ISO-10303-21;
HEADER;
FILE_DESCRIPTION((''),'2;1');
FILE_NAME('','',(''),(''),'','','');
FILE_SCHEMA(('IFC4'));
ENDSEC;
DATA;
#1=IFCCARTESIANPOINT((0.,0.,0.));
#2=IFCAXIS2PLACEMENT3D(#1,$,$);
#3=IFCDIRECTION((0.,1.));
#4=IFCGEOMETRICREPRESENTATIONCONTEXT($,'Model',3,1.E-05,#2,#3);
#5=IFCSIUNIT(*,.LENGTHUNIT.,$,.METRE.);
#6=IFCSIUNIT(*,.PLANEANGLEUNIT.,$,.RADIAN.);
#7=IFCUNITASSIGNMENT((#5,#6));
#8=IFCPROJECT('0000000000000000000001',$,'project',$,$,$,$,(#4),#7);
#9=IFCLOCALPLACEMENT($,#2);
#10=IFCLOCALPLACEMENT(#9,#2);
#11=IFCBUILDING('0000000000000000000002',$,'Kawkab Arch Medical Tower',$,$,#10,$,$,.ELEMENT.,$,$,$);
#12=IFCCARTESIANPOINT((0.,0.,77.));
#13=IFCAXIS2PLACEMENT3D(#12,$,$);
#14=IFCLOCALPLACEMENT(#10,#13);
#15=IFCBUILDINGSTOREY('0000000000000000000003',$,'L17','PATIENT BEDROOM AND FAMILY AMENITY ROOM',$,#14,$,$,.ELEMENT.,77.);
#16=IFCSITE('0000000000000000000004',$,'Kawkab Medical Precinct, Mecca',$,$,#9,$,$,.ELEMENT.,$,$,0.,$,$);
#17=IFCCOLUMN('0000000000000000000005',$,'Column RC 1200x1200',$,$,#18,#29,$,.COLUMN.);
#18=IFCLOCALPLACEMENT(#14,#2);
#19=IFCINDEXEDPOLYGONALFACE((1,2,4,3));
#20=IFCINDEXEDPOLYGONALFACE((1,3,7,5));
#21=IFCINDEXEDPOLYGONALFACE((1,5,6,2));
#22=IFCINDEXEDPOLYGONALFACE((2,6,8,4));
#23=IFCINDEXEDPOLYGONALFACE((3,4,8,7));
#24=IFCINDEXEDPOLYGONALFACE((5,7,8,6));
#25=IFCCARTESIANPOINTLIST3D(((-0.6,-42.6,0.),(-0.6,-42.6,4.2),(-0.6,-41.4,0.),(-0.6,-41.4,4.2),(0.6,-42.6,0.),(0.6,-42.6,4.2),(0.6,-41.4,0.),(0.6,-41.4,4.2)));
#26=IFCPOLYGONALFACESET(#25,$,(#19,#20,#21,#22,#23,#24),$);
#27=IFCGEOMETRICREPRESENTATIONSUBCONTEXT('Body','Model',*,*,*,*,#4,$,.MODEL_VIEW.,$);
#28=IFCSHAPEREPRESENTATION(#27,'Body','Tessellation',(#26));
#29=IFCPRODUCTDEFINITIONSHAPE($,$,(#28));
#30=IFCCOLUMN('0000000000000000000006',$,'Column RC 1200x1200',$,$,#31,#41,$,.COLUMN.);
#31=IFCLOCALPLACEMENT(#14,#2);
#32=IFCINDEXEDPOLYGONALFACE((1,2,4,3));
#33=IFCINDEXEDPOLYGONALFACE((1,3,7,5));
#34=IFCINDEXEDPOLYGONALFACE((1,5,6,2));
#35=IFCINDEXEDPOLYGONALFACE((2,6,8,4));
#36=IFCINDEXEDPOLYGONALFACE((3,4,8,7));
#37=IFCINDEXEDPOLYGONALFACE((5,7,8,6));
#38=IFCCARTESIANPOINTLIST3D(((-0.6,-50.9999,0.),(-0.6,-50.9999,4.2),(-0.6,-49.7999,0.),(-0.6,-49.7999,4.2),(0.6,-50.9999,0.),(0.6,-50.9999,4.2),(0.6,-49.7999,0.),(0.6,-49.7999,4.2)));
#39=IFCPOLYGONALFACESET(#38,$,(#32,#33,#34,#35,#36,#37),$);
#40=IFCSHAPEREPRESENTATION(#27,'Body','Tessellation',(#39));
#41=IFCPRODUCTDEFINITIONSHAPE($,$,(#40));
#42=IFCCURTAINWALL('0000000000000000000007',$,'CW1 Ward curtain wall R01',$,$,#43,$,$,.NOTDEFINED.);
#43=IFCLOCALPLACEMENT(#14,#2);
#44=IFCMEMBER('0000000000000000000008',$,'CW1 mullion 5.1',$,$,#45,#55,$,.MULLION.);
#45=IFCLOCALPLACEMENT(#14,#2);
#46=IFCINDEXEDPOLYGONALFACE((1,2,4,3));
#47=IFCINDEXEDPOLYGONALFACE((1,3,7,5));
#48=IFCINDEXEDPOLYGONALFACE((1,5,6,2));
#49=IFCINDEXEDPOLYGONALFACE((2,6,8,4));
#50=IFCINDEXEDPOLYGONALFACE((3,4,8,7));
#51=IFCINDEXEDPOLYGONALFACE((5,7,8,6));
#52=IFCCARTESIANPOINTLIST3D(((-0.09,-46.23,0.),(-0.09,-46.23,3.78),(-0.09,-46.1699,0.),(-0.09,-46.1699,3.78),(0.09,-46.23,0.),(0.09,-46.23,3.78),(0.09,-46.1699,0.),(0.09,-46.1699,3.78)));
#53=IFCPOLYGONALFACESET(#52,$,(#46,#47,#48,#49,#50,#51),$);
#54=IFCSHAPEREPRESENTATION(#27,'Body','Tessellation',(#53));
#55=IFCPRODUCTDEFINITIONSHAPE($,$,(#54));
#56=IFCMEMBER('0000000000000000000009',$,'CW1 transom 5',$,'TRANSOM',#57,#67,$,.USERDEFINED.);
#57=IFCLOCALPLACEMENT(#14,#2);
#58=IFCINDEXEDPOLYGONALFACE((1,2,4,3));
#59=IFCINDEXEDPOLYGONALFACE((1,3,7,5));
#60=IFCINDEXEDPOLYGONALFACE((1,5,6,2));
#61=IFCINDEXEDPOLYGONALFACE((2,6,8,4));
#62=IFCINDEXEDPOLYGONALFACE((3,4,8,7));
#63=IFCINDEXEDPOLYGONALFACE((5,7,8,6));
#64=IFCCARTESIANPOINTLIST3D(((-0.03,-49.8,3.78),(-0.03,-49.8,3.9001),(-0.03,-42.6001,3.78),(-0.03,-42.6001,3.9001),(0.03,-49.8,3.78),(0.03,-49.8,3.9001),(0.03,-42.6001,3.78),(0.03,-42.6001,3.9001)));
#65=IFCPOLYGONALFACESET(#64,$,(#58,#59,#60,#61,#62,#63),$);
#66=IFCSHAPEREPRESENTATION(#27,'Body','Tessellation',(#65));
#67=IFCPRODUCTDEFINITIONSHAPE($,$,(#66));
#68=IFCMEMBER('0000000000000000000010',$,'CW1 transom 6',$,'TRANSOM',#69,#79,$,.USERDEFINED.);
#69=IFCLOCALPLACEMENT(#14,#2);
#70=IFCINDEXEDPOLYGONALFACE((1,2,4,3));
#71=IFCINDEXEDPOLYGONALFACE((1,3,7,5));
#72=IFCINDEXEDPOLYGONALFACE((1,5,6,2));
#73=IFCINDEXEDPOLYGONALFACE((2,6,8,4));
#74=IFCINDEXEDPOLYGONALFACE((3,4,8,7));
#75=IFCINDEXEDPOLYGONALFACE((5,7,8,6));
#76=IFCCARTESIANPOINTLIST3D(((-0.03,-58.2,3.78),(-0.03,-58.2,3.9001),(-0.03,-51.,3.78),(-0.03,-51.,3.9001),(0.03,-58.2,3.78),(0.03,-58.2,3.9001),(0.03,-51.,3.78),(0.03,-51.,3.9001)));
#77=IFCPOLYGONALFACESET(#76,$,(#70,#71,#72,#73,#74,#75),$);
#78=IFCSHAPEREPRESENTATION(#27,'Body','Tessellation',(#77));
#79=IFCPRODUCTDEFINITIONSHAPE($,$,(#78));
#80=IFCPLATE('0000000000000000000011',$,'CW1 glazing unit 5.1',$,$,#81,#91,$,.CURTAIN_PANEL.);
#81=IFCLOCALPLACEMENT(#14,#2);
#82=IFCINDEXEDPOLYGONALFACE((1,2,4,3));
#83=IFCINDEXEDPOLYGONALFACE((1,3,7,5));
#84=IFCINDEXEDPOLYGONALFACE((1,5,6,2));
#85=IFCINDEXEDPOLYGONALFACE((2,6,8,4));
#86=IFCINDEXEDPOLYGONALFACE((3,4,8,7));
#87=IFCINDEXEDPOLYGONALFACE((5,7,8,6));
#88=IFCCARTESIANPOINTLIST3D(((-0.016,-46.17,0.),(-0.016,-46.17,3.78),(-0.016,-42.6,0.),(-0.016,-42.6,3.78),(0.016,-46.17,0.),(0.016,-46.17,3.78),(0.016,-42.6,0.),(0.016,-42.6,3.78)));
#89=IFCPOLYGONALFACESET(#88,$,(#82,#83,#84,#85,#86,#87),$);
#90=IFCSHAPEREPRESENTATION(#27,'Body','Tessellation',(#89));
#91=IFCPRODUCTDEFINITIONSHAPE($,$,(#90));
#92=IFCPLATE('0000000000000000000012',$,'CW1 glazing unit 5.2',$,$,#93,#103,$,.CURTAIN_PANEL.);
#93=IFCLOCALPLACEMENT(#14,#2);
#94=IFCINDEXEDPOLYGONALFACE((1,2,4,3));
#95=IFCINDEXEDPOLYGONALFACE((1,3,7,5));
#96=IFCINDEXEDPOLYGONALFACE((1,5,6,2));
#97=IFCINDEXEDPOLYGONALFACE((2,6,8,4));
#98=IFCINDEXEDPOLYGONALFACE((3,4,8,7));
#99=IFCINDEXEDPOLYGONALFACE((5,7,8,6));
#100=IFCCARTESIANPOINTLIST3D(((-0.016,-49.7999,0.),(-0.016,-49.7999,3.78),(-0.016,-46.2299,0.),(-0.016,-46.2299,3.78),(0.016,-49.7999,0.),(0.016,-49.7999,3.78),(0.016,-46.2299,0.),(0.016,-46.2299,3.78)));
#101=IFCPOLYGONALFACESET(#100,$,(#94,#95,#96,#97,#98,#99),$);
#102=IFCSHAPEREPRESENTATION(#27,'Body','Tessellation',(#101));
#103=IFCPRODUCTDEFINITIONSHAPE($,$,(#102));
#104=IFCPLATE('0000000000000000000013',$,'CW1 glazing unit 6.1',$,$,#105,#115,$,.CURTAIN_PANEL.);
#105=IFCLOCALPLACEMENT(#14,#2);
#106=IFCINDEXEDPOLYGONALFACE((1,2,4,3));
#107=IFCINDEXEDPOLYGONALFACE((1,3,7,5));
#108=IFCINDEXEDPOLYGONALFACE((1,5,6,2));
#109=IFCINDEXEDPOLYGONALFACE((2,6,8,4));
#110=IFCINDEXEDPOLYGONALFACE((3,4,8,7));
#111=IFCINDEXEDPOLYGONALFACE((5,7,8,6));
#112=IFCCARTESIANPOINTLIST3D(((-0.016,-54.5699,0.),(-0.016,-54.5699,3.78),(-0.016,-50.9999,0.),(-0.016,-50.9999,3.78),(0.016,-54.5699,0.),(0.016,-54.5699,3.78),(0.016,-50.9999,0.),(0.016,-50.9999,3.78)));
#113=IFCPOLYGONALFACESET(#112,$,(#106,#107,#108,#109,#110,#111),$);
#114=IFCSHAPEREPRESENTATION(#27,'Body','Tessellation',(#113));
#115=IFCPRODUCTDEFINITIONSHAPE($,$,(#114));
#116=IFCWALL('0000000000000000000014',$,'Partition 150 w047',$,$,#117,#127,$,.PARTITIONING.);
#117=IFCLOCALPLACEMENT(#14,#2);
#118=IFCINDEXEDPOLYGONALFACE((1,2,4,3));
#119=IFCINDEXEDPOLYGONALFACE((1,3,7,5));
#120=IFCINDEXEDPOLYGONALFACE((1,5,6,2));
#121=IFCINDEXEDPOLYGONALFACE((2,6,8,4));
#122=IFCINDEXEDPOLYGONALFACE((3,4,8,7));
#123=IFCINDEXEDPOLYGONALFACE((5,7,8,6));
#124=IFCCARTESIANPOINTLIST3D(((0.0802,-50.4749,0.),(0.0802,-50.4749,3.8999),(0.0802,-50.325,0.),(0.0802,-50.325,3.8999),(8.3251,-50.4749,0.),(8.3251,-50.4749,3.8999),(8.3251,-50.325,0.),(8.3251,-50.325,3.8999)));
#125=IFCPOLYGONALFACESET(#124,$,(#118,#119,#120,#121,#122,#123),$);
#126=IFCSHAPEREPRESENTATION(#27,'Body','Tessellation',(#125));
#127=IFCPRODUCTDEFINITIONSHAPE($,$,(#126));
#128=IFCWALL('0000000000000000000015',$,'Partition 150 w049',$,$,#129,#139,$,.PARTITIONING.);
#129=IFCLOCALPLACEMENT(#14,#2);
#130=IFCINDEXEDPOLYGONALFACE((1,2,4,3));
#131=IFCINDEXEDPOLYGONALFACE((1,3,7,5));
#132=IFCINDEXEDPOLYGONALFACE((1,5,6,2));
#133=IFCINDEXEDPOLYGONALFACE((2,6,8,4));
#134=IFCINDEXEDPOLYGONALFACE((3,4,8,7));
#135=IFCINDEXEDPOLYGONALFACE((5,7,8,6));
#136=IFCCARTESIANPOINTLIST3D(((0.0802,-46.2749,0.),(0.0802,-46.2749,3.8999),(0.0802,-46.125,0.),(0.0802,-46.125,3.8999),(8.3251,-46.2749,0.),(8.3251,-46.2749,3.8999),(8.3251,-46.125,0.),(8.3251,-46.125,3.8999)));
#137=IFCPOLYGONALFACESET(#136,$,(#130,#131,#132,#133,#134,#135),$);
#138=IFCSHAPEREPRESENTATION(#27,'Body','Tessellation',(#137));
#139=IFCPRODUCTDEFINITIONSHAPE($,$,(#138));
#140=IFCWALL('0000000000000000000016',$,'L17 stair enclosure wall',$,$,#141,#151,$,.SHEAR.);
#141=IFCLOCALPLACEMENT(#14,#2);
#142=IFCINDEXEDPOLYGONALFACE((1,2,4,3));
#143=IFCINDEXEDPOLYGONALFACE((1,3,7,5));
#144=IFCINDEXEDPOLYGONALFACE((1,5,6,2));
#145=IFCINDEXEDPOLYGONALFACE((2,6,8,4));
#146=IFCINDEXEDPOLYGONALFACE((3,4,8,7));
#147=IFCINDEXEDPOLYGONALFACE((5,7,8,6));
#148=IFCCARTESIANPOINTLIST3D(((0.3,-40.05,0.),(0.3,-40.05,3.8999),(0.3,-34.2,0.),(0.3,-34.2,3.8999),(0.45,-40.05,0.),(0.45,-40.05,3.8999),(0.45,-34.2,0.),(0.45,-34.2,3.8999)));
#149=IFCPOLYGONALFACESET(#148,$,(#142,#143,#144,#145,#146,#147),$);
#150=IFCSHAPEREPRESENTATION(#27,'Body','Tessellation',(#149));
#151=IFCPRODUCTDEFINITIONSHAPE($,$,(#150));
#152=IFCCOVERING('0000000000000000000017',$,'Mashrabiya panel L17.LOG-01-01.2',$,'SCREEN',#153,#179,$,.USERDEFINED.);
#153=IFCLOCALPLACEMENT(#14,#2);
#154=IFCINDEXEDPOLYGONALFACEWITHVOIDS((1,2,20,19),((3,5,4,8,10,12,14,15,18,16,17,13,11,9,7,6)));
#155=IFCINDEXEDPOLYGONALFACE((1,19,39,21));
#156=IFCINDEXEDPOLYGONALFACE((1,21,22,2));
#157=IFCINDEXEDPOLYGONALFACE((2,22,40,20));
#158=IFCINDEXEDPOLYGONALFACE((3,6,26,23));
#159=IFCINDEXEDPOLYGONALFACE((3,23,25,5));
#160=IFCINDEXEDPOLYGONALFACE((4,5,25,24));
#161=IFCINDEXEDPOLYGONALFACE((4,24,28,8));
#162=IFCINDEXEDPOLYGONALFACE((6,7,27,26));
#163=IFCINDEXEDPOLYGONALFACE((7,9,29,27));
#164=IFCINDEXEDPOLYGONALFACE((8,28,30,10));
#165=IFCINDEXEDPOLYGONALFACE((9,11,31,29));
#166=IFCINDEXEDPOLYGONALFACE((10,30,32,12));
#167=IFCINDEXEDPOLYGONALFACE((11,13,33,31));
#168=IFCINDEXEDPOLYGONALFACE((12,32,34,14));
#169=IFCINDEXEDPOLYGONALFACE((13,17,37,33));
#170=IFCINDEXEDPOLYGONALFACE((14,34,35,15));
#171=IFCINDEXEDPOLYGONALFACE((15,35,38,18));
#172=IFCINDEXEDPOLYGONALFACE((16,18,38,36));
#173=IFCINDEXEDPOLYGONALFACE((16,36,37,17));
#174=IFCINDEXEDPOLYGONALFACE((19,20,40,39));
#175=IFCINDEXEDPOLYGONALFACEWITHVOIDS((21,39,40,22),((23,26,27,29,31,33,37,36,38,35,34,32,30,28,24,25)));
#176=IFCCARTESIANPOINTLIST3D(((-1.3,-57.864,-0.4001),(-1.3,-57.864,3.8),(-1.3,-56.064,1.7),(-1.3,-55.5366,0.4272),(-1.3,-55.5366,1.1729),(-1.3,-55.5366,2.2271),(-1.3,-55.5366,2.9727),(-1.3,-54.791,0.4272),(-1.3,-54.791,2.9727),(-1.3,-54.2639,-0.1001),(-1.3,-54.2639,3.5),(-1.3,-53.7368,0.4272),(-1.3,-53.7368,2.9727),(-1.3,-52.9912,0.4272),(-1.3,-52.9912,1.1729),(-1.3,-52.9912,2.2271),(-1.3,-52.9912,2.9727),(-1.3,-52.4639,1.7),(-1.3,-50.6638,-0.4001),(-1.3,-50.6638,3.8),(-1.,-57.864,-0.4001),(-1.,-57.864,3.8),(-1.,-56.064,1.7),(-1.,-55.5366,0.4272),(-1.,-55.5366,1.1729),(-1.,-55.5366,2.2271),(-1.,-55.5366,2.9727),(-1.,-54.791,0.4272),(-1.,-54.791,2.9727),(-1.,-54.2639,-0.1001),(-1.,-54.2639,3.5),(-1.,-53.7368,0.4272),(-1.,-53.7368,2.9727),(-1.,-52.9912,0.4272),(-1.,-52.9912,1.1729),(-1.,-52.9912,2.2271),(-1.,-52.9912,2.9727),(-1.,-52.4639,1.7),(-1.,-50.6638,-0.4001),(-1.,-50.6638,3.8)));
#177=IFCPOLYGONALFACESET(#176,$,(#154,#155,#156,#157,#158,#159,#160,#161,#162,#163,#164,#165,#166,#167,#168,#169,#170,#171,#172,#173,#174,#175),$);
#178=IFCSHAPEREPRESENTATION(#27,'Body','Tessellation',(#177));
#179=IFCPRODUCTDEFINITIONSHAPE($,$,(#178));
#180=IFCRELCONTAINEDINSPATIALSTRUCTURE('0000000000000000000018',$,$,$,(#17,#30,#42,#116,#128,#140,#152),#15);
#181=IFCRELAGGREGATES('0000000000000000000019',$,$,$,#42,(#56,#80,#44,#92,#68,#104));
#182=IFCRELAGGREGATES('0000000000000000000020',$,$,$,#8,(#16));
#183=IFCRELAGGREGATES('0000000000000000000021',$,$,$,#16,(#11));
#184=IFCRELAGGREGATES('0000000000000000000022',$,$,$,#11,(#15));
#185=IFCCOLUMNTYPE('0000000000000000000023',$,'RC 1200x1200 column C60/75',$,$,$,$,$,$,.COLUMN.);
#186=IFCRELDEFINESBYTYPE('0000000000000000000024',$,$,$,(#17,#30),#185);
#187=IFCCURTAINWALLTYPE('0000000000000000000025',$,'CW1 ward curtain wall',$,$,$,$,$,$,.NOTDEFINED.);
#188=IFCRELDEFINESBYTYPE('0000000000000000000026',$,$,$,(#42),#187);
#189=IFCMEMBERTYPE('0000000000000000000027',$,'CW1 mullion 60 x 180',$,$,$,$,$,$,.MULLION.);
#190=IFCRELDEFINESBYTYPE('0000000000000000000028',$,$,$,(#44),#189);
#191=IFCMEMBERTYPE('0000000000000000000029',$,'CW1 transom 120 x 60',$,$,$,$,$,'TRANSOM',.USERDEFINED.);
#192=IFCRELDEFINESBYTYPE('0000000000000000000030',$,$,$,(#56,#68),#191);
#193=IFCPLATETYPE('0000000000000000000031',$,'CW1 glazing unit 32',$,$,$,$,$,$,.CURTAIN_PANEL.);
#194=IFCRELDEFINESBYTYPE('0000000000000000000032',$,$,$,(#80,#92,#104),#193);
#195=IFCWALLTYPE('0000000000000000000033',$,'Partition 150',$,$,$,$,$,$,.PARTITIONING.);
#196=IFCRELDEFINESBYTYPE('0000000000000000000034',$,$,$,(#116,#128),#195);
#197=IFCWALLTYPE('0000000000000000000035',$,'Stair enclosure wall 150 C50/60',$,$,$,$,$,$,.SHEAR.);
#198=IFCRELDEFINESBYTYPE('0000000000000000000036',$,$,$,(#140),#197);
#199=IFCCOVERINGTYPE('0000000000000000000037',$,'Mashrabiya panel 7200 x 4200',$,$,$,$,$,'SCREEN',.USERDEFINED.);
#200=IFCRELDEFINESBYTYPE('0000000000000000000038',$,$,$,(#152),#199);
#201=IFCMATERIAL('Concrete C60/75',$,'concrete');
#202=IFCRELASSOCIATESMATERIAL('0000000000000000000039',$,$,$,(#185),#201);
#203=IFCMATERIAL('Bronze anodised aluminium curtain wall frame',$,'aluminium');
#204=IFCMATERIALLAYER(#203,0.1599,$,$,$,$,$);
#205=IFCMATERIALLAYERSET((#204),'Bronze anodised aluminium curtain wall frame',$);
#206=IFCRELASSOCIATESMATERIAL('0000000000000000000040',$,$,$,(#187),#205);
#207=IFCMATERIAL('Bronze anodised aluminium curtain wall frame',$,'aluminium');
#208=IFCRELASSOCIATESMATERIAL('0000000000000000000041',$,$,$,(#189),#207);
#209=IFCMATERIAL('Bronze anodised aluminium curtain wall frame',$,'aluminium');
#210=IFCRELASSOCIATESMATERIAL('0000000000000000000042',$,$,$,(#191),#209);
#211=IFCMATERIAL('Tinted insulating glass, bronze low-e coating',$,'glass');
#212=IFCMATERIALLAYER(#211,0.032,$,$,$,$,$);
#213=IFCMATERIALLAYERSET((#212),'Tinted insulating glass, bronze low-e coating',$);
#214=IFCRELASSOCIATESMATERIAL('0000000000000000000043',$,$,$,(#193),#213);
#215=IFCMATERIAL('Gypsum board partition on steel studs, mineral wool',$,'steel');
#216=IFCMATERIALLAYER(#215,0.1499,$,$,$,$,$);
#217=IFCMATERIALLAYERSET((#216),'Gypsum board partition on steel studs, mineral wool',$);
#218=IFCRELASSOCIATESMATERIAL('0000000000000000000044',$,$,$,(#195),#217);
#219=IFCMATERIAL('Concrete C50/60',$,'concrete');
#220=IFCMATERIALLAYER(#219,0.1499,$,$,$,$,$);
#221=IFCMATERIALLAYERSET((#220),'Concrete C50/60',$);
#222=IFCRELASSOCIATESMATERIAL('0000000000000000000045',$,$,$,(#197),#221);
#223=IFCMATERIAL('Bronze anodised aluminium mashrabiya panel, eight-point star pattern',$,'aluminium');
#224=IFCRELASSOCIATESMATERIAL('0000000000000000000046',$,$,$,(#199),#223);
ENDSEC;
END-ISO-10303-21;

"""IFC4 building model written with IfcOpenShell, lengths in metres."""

from ifc_helpers import new_model, si_unit, direction, frame, frame_2d, origin, origin_2d, place, context, subcontext, project, spatial, polyline, rectangle, outline, extrude, material, layer, layer_set, material_profile, profile_set, type_object, element, aggregate, save


model = new_model("IFC4")

# Units and contexts
model_context = context("Model", 3, precision=1e-05, world=origin(), true_north=direction((0.0, 1.0)))
body_context = subcontext(model_context, "Body", "Model", "MODEL_VIEW")
ifc_project = project(units=[si_unit("LENGTHUNIT", "METRE"), si_unit("PLANEANGLEUNIT", "RADIAN")], contexts=[model_context])

# Site, building, storey
site_placement = place(None, origin())
site = spatial("IfcSite", under=ifc_project, at=site_placement, Name="Kawkab Medical Precinct, Mecca", CompositionType="ELEMENT", RefElevation=0.0)
building_placement = place(site_placement, origin())
building = spatial("IfcBuilding", under=site, at=building_placement, Name="Kawkab Arch Medical Tower", CompositionType="ELEMENT")
storey_placement = place(building_placement, frame((0.0, 0.0, 77.0)))
storey = spatial("IfcBuildingStorey", under=building, at=storey_placement, Name="L17", Description="PATIENT BEDROOM AND FAMILY AMENITY ROOM", CompositionType="ELEMENT", Elevation=77.0)

# Columns
ifc_material_1 = material(Name="Concrete C60/75", Category="concrete")
ifc_material_profile_1 = material_profile(ifc_material_1, rectangle(XDim=1.2, YDim=1.2, at=origin_2d()), Name="RC 1200x1200")
ifc_profile_set_1 = profile_set([ifc_material_profile_1], Name="Concrete C60/75")
column_type = type_object("IfcColumnType", Name="RC 1200x1200 column C60/75", PredefinedType="COLUMN", material=ifc_profile_set_1)
for number, where, z_axis, x_axis, name in (
    (1, (0.0, -42.0, 0.0), (0.0, 0.0, 1.0), (1.0, 0.0, 0.0), "Column RC 1200x1200"),
    (2, (0.0, -50.3999, 0.0), (0.0, 0.0, 1.0), (1.0, 0.0, 0.0), "Column RC 1200x1200"),
):
    element("IfcColumn", number, at=place(storey_placement, frame(where, z_axis=z_axis, x_axis=x_axis)), inside=storey, type_object=column_type, Name=name, PredefinedType="COLUMN", context=body_context, shape_type="SweptSolid", body=[
        extrude(rectangle(XDim=1.2, YDim=1.2, at=origin_2d()), origin(), (0.0, 0.0, 1.0), 4.2),
    ])

# Curtain wall, members, plates
ifc_material_2 = material(Name="Bronze anodised aluminium curtain wall frame", Category="aluminium")
ifc_layer_1 = layer(ifc_material_2, 0.1599)
ifc_layer_set_1 = layer_set([ifc_layer_1], Name="Bronze anodised aluminium curtain wall frame")
curtain_wall_type = type_object("IfcCurtainWallType", Name="CW1 ward curtain wall", PredefinedType="NOTDEFINED", material=ifc_layer_set_1)
curtain_wall_placement = place(storey_placement, origin())
curtain_wall = element("IfcCurtainWall", 3, at=curtain_wall_placement, inside=storey, type_object=curtain_wall_type, Name="CW1 Ward curtain wall R01", PredefinedType="NOTDEFINED")
ifc_material_3 = material(Name="Bronze anodised aluminium curtain wall frame", Category="aluminium")
ifc_material_profile_2 = material_profile(ifc_material_3, rectangle(XDim=0.1799, YDim=0.0601, at=origin_2d()), Name="AL 60x180")
ifc_profile_set_2 = profile_set([ifc_material_profile_2], Name="Bronze anodised aluminium curtain wall frame")
member_type_1 = type_object("IfcMemberType", Name="CW1 mullion 60 x 180", PredefinedType="MULLION", material=ifc_profile_set_2)
member_1_placement = place(storey_placement, frame((0.0, -46.2, 0.0), z_axis=(0.0, 0.0, 1.0), x_axis=(1.0, 0.0, 0.0)))
member_1 = element("IfcMember", 4, at=member_1_placement, type_object=member_type_1, Name="CW1 mullion 5.1", PredefinedType="MULLION", context=body_context, shape_type="SweptSolid", body=[
    extrude(rectangle(XDim=0.1799, YDim=0.0601, at=origin_2d()), origin(), (0.0, 0.0, 1.0), 3.78),
])
ifc_material_4 = material(Name="Bronze anodised aluminium curtain wall frame", Category="aluminium")
ifc_material_profile_3 = material_profile(ifc_material_4, rectangle(XDim=0.0601, YDim=0.1201, at=origin_2d()), Name="AL 60x120")
ifc_profile_set_3 = profile_set([ifc_material_profile_3], Name="Bronze anodised aluminium curtain wall frame")
member_type_2 = type_object("IfcMemberType", Name="CW1 transom 120 x 60", ElementType="TRANSOM", PredefinedType="USERDEFINED", material=ifc_profile_set_3)
member_2_placement = place(storey_placement, frame((0.0, -42.6001, 3.8401), z_axis=(0.0, -1.0, 0.0), x_axis=(1.0, 0.0, 0.0)))
member_2 = element("IfcMember", 5, at=member_2_placement, type_object=member_type_2, Name="CW1 transom 5", ObjectType="TRANSOM", PredefinedType="USERDEFINED", context=body_context, shape_type="SweptSolid", body=[
    extrude(rectangle(XDim=0.0601, YDim=0.1201, at=origin_2d()), origin(), (0.0, 0.0, 1.0), 7.2),
])
member_3_placement = place(storey_placement, frame((0.0, -51.0, 3.8401), z_axis=(0.0, -1.0, 0.0), x_axis=(1.0, 0.0, 0.0)))
member_3 = element("IfcMember", 6, at=member_3_placement, type_object=member_type_2, Name="CW1 transom 6", ObjectType="TRANSOM", PredefinedType="USERDEFINED", context=body_context, shape_type="SweptSolid", body=[
    extrude(rectangle(XDim=0.0601, YDim=0.1201, at=origin_2d()), origin(), (0.0, 0.0, 1.0), 7.2),
])
ifc_material_5 = material(Name="Tinted insulating glass, bronze low-e coating", Category="glass")
ifc_layer_2 = layer(ifc_material_5, 0.032)
ifc_layer_set_2 = layer_set([ifc_layer_2], Name="Tinted insulating glass, bronze low-e coating")
plate_type = type_object("IfcPlateType", Name="CW1 glazing unit 32", PredefinedType="CURTAIN_PANEL", material=ifc_layer_set_2)
plate_1_placement = place(storey_placement, frame((0.0, -44.385, 0.0), z_axis=(0.0, 0.0, 1.0), x_axis=(0.0, -1.0, 0.0)))
plate_1 = element("IfcPlate", 7, at=plate_1_placement, type_object=plate_type, Name="CW1 glazing unit 5.1", PredefinedType="CURTAIN_PANEL", context=body_context, shape_type="SweptSolid", body=[
    extrude(rectangle(XDim=3.5701, YDim=0.032, at=origin_2d()), origin(), (0.0, 0.0, 1.0), 3.78),
])
plate_2_placement = place(storey_placement, frame((0.0, -48.0149, 0.0), z_axis=(0.0, 0.0, 1.0), x_axis=(0.0, -1.0, 0.0)))
plate_2 = element("IfcPlate", 8, at=plate_2_placement, type_object=plate_type, Name="CW1 glazing unit 5.2", PredefinedType="CURTAIN_PANEL", context=body_context, shape_type="SweptSolid", body=[
    extrude(rectangle(XDim=3.5701, YDim=0.032, at=origin_2d()), origin(), (0.0, 0.0, 1.0), 3.78),
])
plate_3_placement = place(storey_placement, frame((0.0, -52.7849, 0.0), z_axis=(0.0, 0.0, 1.0), x_axis=(0.0, -1.0, 0.0)))
plate_3 = element("IfcPlate", 9, at=plate_3_placement, type_object=plate_type, Name="CW1 glazing unit 6.1", PredefinedType="CURTAIN_PANEL", context=body_context, shape_type="SweptSolid", body=[
    extrude(rectangle(XDim=3.5701, YDim=0.032, at=origin_2d()), origin(), (0.0, 0.0, 1.0), 3.78),
])
aggregate(curtain_wall, [member_2, plate_1, member_1, plate_2, member_3, plate_3])

# Walls
ifc_material_6 = material(Name="Gypsum board partition on steel studs, mineral wool", Category="steel")
ifc_layer_3 = layer(ifc_material_6, 0.1499)
ifc_layer_set_3 = layer_set([ifc_layer_3], Name="Gypsum board partition on steel studs, mineral wool")
wall_type_1 = type_object("IfcWallType", Name="Partition 150", PredefinedType="PARTITIONING", material=ifc_layer_set_3)
for number, where, z_axis, x_axis, name in (
    (10, (0.0801, -50.3999, 0.0), (0.0, 0.0, 1.0), (1.0, 0.0, 0.0), "Partition 150 w047"),
    (11, (0.0801, -46.2, 0.0), (0.0, 0.0, 1.0), (1.0, 0.0, 0.0), "Partition 150 w049"),
):
    element("IfcWall", number, at=place(storey_placement, frame(where, z_axis=z_axis, x_axis=x_axis)), inside=storey, type_object=wall_type_1, Name=name, PredefinedType="PARTITIONING", context=body_context, shape_type="SweptSolid", body=[
        extrude(rectangle(XDim=8.2449, YDim=0.1499, at=frame_2d((4.1226, 0.0))), origin(), (0.0, 0.0, 1.0), 3.8999),
    ])
ifc_material_7 = material(Name="Concrete C50/60", Category="concrete")
ifc_layer_4 = layer(ifc_material_7, 0.1499)
ifc_layer_set_4 = layer_set([ifc_layer_4], Name="Concrete C50/60")
wall_type_2 = type_object("IfcWallType", Name="Stair enclosure wall 150 C50/60", PredefinedType="SHEAR", material=ifc_layer_set_4)
wall_placement = place(storey_placement, frame((0.375, -40.05, 0.0), z_axis=(0.0, 0.0, 1.0), x_axis=(0.0, 1.0, 0.0)))
element("IfcWall", 12, at=wall_placement, inside=storey, type_object=wall_type_2, Name="L17 stair enclosure wall", PredefinedType="SHEAR", context=body_context, shape_type="SweptSolid", body=[
    extrude(rectangle(XDim=5.8501, YDim=0.1499, at=frame_2d((2.925, 0.0))), origin(), (0.0, 0.0, 1.0), 3.8999),
])

# Covering
ifc_material_8 = material(Name="Bronze anodised aluminium mashrabiya panel, eight-point star pattern", Category="aluminium")
ifc_material_profile_4 = material_profile(ifc_material_8, outline(polyline([(-3.6001, -2.1001), (3.6001, -2.1001), (3.6001, 2.1001), (-3.6001, 2.1001), (-3.6001, -2.1001)]), holes=[polyline([(1.8, 0.0), (1.2727, 0.5271), (1.2727, 1.2727), (0.5271, 1.2727), (0.0, 1.8), (-0.5271, 1.2727), (-1.2727, 1.2727), (-1.2727, 0.5271), (-1.8, 0.0), (-1.2727, -0.5271), (-1.2727, -1.2727), (-0.5271, -1.2727), (0.0, -1.8), (0.5271, -1.2727), (1.2727, -1.2727), (1.2727, -0.5271), (1.8, 0.0)])]), Name="Mashrabiya panel 7200x4200")
ifc_profile_set_4 = profile_set([ifc_material_profile_4], Name="Bronze anodised aluminium mashrabiya panel, eight-point star pattern")
covering_type_1 = type_object("IfcCoveringType", Name="Mashrabiya panel 7200 x 4200", ElementType="SCREEN", PredefinedType="USERDEFINED", material=ifc_profile_set_4)
covering_1_placement = place(storey_placement, frame((-1.0, -54.2639, 1.7), z_axis=(-1.0, 0.0, 0.0), x_axis=(0.0, -1.0, 0.0)))
element("IfcCovering", 13, at=covering_1_placement, inside=storey, type_object=covering_type_1, Name="Mashrabiya panel L17.LOG-01-01.2", ObjectType="SCREEN", PredefinedType="USERDEFINED", context=body_context, shape_type="SweptSolid", body=[
    extrude(outline(polyline([(-3.6001, -2.1001), (3.6001, -2.1001), (3.6001, 2.1001), (-3.6001, 2.1001), (-3.6001, -2.1001)]), holes=[polyline([(1.8, 0.0), (1.2727, 0.5271), (1.2727, 1.2727), (0.5271, 1.2727), (0.0, 1.8), (-0.5271, 1.2727), (-1.2727, 1.2727), (-1.2727, 0.5271), (-1.8, 0.0), (-1.2727, -0.5271), (-1.2727, -1.2727), (-0.5271, -1.2727), (0.0, -1.8), (0.5271, -1.2727), (1.2727, -1.2727), (1.2727, -0.5271), (1.8, 0.0)])]), origin(), (0.0, 0.0, 1.0), 0.3),
])

save(model, "model.ifc")
